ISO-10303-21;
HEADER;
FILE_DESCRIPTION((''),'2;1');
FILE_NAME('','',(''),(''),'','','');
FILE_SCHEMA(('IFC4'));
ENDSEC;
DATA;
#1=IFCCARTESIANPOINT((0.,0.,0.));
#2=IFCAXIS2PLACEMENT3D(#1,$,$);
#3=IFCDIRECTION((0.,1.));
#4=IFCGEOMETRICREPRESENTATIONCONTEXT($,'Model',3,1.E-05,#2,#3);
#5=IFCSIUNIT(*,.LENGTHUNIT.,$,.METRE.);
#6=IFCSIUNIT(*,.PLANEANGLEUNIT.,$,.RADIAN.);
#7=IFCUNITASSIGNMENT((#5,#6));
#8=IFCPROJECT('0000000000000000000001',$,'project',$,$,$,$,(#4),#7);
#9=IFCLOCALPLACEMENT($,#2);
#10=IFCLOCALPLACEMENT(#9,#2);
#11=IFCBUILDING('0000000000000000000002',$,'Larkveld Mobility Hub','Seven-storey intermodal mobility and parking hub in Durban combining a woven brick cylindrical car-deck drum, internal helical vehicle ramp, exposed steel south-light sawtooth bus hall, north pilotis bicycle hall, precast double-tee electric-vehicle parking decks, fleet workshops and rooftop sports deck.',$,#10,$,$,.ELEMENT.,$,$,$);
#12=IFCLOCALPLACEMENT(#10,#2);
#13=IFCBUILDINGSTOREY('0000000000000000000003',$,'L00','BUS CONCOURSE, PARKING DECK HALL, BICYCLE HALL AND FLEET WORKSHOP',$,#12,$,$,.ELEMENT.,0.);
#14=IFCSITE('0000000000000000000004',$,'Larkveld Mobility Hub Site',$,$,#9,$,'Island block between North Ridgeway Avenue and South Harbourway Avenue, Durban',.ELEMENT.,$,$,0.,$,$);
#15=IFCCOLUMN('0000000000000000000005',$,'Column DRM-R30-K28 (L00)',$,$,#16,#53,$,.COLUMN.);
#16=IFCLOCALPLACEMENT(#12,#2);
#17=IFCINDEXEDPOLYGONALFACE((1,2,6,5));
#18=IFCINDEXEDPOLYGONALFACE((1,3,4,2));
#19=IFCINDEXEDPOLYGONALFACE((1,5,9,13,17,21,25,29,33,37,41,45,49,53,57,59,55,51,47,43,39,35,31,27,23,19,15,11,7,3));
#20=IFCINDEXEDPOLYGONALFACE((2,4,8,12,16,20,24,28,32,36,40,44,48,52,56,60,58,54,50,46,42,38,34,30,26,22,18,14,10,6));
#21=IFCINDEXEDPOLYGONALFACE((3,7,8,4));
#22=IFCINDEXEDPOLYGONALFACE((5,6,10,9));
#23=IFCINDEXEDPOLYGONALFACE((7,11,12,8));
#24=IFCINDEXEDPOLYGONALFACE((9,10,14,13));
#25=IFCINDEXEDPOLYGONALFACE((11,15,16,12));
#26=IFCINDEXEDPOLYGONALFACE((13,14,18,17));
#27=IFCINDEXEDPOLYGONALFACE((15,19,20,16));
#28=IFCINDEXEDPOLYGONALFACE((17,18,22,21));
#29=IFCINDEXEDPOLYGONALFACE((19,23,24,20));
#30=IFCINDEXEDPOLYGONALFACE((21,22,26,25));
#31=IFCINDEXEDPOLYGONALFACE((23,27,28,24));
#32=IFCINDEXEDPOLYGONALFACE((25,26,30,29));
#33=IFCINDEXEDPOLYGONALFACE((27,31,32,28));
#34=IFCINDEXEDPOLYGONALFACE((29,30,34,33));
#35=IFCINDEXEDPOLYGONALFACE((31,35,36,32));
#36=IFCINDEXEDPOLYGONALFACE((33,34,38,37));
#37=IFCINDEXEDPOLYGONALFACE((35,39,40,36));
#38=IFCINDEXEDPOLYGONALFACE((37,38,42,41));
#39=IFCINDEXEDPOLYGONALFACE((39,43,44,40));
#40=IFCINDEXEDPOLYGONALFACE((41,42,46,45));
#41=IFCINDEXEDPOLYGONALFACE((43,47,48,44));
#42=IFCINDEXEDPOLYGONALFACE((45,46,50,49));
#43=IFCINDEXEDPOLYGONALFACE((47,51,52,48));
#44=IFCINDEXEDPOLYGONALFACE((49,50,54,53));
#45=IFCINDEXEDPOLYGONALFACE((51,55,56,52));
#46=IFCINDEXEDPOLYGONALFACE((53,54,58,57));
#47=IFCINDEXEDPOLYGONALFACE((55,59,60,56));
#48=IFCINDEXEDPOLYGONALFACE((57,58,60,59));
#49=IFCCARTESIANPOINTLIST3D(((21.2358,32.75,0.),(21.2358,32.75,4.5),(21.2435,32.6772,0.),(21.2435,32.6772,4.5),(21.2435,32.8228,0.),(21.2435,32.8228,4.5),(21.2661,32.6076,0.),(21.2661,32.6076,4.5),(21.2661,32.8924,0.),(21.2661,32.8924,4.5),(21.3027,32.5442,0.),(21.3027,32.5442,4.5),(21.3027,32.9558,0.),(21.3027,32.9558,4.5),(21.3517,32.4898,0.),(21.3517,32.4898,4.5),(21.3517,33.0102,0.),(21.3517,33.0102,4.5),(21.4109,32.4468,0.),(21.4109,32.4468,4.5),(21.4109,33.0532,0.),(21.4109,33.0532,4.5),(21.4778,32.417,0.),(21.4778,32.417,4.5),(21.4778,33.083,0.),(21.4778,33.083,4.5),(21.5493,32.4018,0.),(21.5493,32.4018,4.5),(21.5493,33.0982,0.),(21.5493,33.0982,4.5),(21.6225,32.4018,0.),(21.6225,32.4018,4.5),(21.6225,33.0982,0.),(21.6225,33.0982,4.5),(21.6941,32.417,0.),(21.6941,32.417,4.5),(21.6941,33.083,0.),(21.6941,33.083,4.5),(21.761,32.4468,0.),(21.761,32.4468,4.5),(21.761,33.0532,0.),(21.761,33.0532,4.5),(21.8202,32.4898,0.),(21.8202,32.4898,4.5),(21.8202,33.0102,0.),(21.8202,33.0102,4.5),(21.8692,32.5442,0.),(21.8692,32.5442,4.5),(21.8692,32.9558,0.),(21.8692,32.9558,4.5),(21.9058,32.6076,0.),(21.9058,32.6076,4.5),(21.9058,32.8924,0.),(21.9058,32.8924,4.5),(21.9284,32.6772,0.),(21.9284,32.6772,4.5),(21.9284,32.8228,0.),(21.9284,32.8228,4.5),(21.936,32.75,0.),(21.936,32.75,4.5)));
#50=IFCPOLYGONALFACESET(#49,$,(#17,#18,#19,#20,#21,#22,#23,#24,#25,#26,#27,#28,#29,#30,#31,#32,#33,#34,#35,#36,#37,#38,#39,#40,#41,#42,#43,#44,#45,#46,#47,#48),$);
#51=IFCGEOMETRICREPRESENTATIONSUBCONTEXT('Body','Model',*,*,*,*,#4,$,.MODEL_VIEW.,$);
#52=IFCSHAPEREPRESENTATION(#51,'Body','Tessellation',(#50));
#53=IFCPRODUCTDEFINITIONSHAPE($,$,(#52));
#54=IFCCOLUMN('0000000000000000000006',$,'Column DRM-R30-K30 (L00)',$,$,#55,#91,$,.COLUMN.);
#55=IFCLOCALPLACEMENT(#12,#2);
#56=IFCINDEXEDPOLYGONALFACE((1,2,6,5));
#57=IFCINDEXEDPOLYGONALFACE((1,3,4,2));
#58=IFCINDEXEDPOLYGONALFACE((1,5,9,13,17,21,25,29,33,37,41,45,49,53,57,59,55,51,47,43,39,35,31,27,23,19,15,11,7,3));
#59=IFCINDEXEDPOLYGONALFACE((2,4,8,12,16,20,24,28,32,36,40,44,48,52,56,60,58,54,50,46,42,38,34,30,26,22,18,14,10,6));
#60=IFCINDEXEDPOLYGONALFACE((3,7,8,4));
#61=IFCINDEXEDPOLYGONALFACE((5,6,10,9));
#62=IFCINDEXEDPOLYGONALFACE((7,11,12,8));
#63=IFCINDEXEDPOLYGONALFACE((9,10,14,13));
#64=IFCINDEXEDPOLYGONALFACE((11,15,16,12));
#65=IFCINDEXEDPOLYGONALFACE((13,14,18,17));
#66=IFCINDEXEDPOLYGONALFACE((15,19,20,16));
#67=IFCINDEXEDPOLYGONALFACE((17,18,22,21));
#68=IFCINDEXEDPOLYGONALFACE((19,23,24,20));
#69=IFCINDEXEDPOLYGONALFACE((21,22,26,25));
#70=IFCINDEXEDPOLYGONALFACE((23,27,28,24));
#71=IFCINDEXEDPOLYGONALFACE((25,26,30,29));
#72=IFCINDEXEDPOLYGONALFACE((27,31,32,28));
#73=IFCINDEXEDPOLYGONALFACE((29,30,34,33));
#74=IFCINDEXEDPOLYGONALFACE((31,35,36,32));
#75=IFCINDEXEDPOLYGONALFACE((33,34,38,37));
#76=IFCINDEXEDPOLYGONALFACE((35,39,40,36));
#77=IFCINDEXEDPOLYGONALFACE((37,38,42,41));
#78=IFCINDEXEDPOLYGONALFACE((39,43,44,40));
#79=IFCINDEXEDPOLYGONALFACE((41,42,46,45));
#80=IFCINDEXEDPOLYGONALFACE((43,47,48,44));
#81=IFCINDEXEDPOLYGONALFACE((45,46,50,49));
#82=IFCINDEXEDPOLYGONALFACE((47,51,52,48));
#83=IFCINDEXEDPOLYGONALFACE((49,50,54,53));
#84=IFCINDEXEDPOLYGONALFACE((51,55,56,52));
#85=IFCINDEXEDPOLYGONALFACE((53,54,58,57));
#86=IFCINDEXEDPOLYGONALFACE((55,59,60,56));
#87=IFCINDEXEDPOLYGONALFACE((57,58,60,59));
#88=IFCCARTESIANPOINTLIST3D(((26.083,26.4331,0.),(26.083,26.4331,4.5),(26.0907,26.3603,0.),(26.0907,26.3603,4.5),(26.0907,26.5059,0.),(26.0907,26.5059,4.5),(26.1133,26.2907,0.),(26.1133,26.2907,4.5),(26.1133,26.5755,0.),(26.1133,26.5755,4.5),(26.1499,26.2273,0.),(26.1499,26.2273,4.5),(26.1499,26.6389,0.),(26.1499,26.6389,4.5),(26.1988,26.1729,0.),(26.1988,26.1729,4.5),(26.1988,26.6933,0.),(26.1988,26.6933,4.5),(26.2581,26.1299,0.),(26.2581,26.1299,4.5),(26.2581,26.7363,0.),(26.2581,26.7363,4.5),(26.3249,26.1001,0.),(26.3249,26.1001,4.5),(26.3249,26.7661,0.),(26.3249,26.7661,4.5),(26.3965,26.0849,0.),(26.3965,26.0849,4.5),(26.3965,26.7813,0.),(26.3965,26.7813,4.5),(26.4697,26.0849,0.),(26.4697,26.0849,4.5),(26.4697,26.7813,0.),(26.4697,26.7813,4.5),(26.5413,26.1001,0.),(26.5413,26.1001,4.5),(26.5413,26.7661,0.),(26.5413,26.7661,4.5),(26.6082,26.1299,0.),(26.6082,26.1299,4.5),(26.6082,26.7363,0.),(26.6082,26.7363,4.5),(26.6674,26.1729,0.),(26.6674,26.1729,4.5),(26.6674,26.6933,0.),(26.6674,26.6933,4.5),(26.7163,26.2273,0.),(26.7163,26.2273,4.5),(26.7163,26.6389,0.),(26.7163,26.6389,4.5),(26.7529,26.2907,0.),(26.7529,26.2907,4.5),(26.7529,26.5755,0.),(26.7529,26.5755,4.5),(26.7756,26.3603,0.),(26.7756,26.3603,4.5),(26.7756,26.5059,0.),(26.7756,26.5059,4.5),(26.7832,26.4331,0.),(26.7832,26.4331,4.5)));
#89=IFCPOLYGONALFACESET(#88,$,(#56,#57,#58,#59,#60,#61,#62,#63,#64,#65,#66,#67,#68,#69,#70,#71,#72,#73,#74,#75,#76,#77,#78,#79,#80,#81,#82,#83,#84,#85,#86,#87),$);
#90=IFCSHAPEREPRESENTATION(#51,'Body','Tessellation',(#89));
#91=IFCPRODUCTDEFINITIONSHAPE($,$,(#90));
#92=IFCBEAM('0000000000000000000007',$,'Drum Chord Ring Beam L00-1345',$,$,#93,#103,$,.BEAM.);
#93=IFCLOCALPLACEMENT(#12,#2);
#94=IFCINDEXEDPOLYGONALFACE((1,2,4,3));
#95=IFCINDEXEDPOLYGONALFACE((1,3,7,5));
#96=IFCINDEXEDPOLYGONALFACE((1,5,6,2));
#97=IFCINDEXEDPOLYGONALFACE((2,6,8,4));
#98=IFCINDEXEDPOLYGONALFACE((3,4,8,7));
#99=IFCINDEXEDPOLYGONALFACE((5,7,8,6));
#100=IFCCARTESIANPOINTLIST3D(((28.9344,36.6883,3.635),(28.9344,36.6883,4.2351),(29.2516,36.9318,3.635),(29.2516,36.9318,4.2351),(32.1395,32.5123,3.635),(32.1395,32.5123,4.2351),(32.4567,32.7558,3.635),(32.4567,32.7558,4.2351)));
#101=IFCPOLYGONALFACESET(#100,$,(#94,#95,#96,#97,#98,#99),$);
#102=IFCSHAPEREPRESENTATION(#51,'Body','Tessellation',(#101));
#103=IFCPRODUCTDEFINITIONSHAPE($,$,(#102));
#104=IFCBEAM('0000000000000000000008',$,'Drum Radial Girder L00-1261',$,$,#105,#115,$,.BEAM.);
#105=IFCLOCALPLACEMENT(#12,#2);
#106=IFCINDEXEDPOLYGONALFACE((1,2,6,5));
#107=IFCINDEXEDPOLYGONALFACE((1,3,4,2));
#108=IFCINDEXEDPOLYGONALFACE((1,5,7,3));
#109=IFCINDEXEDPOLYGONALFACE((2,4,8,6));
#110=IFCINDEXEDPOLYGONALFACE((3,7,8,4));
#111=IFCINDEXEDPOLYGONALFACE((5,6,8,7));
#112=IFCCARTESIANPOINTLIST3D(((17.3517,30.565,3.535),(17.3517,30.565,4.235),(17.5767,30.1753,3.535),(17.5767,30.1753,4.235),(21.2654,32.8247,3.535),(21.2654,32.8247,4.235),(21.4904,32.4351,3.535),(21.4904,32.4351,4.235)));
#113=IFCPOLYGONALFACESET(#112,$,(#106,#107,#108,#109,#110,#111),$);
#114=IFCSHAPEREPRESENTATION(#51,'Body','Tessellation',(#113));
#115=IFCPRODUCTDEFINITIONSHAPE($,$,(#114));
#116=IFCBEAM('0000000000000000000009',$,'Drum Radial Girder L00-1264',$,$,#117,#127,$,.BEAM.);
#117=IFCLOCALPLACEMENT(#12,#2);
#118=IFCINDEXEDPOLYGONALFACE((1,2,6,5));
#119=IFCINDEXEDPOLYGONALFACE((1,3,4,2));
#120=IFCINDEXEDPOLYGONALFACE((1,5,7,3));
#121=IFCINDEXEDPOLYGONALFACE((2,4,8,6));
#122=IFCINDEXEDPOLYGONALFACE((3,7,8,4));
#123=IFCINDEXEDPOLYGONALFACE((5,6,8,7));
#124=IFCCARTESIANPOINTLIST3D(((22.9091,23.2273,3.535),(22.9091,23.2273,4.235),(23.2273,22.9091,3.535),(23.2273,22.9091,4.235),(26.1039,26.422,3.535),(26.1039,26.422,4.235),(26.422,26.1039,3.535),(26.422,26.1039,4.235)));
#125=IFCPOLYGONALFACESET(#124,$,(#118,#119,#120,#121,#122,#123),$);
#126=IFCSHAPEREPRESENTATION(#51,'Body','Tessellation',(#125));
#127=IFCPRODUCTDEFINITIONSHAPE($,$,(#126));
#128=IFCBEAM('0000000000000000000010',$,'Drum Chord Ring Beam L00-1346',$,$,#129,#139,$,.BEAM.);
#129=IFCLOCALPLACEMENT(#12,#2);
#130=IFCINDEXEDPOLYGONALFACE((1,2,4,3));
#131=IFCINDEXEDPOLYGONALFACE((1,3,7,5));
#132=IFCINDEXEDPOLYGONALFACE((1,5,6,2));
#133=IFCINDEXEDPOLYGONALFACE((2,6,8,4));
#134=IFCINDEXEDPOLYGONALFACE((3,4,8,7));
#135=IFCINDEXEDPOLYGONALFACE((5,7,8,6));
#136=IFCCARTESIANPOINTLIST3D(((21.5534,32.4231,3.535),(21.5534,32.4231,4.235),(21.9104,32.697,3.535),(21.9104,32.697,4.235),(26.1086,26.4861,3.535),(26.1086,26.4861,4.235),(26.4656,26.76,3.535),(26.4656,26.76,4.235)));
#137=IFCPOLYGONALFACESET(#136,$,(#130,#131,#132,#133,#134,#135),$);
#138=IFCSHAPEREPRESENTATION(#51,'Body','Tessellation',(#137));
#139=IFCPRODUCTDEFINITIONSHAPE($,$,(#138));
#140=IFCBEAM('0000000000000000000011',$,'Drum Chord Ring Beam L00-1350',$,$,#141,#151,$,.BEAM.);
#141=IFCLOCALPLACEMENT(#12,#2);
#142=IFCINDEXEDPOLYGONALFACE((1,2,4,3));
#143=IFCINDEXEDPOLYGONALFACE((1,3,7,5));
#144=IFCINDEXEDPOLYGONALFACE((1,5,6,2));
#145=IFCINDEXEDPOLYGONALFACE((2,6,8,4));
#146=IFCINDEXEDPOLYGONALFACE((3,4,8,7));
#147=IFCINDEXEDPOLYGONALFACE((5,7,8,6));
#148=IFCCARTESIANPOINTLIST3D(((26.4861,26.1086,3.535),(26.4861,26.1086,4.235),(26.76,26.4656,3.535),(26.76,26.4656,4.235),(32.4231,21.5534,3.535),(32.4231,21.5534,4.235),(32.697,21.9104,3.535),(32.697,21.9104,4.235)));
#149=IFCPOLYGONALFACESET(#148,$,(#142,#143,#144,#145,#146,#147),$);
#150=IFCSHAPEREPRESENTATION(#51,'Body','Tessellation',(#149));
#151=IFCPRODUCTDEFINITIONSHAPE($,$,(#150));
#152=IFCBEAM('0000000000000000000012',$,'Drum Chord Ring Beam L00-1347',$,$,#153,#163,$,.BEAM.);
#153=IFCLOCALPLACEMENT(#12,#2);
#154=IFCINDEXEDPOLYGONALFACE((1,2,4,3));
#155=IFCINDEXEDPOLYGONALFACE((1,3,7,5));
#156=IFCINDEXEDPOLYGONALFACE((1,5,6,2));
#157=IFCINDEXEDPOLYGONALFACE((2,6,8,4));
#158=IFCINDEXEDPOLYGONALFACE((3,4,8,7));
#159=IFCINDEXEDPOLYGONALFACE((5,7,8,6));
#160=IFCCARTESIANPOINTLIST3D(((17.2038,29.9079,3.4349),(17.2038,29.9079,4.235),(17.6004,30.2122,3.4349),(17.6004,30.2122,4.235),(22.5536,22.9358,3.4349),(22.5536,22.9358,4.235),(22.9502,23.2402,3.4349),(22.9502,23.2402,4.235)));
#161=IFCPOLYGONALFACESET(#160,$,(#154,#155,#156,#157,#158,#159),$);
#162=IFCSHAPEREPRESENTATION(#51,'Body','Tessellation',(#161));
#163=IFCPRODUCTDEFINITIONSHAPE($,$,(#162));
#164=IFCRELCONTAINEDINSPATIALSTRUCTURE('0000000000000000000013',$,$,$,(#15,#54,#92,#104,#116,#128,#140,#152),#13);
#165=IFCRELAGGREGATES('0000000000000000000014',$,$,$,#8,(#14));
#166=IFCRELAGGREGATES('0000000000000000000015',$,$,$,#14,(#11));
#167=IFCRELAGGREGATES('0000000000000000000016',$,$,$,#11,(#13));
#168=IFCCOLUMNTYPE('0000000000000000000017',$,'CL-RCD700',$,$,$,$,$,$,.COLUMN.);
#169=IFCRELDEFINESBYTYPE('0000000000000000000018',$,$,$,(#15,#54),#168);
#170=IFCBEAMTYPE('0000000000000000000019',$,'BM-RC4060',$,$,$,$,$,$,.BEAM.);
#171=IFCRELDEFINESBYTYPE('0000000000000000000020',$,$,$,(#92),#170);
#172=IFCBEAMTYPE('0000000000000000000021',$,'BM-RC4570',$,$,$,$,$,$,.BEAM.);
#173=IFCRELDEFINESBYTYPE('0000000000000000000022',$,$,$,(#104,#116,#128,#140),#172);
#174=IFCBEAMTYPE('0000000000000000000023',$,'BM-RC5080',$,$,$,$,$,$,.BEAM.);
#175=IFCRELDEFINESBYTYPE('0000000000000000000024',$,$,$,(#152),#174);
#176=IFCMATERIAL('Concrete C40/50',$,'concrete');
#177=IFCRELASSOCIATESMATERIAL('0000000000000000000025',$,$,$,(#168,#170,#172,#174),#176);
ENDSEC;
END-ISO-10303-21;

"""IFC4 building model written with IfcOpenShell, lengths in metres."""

from ifc_helpers import new_model, si_unit, direction, frame, origin, origin_2d, place, context, subcontext, project, spatial, rectangle, circle, extrude, material, material_profile, profile_set, type_object, element, save


model = new_model("IFC4")

# Units and contexts
model_context = context("Model", 3, precision=1e-05, world=origin(), true_north=direction((0.0, 1.0)))
body_context = subcontext(model_context, "Body", "Model", "MODEL_VIEW")
ifc_project = project(units=[si_unit("LENGTHUNIT", "METRE"), si_unit("PLANEANGLEUNIT", "RADIAN")], contexts=[model_context])

# Site, building, storey
site_placement = place(None, origin())
site = spatial("IfcSite", under=ifc_project, at=site_placement, Name="Larkveld Mobility Hub Site", LongName="Island block between North Ridgeway Avenue and South Harbourway Avenue, Durban", CompositionType="ELEMENT", RefElevation=0.0)
building_placement = place(site_placement, origin())
building = spatial("IfcBuilding", under=site, at=building_placement, Name="Larkveld Mobility Hub", Description="Seven-storey intermodal mobility and parking hub in Durban combining a woven brick cylindrical car-deck drum, internal helical vehicle ramp, exposed steel south-light sawtooth bus hall, north pilotis bicycle hall, precast double-tee electric-vehicle parking decks, fleet workshops and rooftop sports deck.", CompositionType="ELEMENT")
storey_placement = place(building_placement, origin())
storey = spatial("IfcBuildingStorey", under=building, at=storey_placement, Name="L00", Description="BUS CONCOURSE, PARKING DECK HALL, BICYCLE HALL AND FLEET WORKSHOP", CompositionType="ELEMENT", Elevation=0.0)

# Columns
ifc_material_1 = material(Name="Concrete C40/50", Category="concrete")
ifc_material_profile_1 = material_profile(ifc_material_1, circle(Radius=0.3501, at=origin_2d()), Name="RC COL D700")
ifc_profile_set_1 = profile_set([ifc_material_profile_1], Name="Concrete C40/50")
column_type_1 = type_object("IfcColumnType", Name="CL-RCD700", PredefinedType="COLUMN", material=ifc_profile_set_1)
for number, where, z_axis, x_axis, name in (
    (1, (21.5859, 32.75, 0.0), (0.0, 0.0, 1.0), (1.0, 0.0, 0.0), "Column DRM-R30-K28 (L00)"),
    (2, (26.4331, 26.4331, 0.0), (0.0, 0.0, 1.0), (1.0, 0.0, 0.0), "Column DRM-R30-K30 (L00)"),
):
    element("IfcColumn", number, at=place(storey_placement, frame(where, z_axis=z_axis, x_axis=x_axis)), inside=storey, type_object=column_type_1, Name=name, PredefinedType="COLUMN", context=body_context, shape_type="SweptSolid", body=[
        extrude(circle(Radius=0.3501, at=origin_2d()), origin(), (0.0, 0.0, 1.0), 4.5),
    ])

# Beams
ifc_material_profile_2 = material_profile(ifc_material_1, rectangle(XDim=0.3999, YDim=0.6001, at=origin_2d()), Name="RC BM 400x600")
ifc_profile_set_2 = profile_set([ifc_material_profile_2], Name="Concrete C40/50")
beam_type_1 = type_object("IfcBeamType", Name="BM-RC4060", PredefinedType="BEAM", material=ifc_profile_set_2)
beam_1_placement = place(storey_placement, frame((29.093, 36.8101, 3.9351), z_axis=(0.608845, -0.793289, 0.0), x_axis=(0.793289, 0.608845, 0.0)))
element("IfcBeam", 3, at=beam_1_placement, inside=storey, type_object=beam_type_1, Name="Drum Chord Ring Beam L00-1345", PredefinedType="BEAM", context=body_context, shape_type="SweptSolid", body=[
    extrude(rectangle(XDim=0.3999, YDim=0.6001, at=origin_2d()), origin(), (0.0, 0.0, 1.0), 5.2642),
])
ifc_material_profile_3 = material_profile(ifc_material_1, rectangle(XDim=0.45, YDim=0.7, at=origin_2d()), Name="RC BM 450x700")
ifc_profile_set_3 = profile_set([ifc_material_profile_3], Name="Concrete C40/50")
beam_type_2 = type_object("IfcBeamType", Name="BM-RC4570", PredefinedType="BEAM", material=ifc_profile_set_3)
beam_2_placement = place(storey_placement, frame((21.3779, 32.6299, 3.885), z_axis=(-0.866014, -0.50002, 0.0), x_axis=(0.50002, -0.866014, 0.0)))
element("IfcBeam", 4, at=beam_2_placement, inside=storey, type_object=beam_type_2, Name="Drum Radial Girder L00-1261", PredefinedType="BEAM", context=body_context, shape_type="SweptSolid", body=[
    extrude(rectangle(XDim=0.45, YDim=0.7, at=origin_2d()), origin(), (0.0, 0.0, 1.0), 4.5193),
])
beam_3_placement = place(storey_placement, frame((26.2629, 26.2629, 3.885), z_axis=(-0.707107, -0.707107, 0.0), x_axis=(0.707107, -0.707107, 0.0)))
element("IfcBeam", 5, at=beam_3_placement, inside=storey, type_object=beam_type_2, Name="Drum Radial Girder L00-1264", PredefinedType="BEAM", context=body_context, shape_type="SweptSolid", body=[
    extrude(rectangle(XDim=0.45, YDim=0.7, at=origin_2d()), origin(), (0.0, 0.0, 1.0), 4.5181),
])
for number, where, z_axis, x_axis, name in (
    (6, (21.7319, 32.5601, 3.885), (0.608723, -0.793383, 0.0), (0.793383, 0.608723, 0.0), "Drum Chord Ring Beam L00-1346"),
    (7, (26.623, 26.2871, 3.885), (0.793383, -0.608723, 0.0), (0.608723, 0.793383, 0.0), "Drum Chord Ring Beam L00-1350"),
):
    element("IfcBeam", number, at=place(storey_placement, frame(where, z_axis=z_axis, x_axis=x_axis)), inside=storey, type_object=beam_type_2, Name=name, PredefinedType="BEAM", context=body_context, shape_type="SweptSolid", body=[
        extrude(rectangle(XDim=0.45, YDim=0.7, at=origin_2d()), origin(), (0.0, 0.0, 1.0), 7.4832),
    ])
ifc_material_profile_4 = material_profile(ifc_material_1, rectangle(XDim=0.5, YDim=0.8, at=origin_2d()), Name="RC BM 500x800")
ifc_profile_set_4 = profile_set([ifc_material_profile_4], Name="Concrete C40/50")
beam_type_3 = type_object("IfcBeamType", Name="BM-RC5080", PredefinedType="BEAM", material=ifc_profile_set_4)
beam_4_placement = place(storey_placement, frame((17.4021, 30.0601, 3.835), z_axis=(0.608756, -0.793358, 0.0), x_axis=(0.793358, 0.608756, 0.0)))
element("IfcBeam", 8, at=beam_4_placement, inside=storey, type_object=beam_type_3, Name="Drum Chord Ring Beam L00-1347", PredefinedType="BEAM", context=body_context, shape_type="SweptSolid", body=[
    extrude(rectangle(XDim=0.5, YDim=0.8, at=origin_2d()), origin(), (0.0, 0.0, 1.0), 8.7881),
])

save(model, "model.ifc")
